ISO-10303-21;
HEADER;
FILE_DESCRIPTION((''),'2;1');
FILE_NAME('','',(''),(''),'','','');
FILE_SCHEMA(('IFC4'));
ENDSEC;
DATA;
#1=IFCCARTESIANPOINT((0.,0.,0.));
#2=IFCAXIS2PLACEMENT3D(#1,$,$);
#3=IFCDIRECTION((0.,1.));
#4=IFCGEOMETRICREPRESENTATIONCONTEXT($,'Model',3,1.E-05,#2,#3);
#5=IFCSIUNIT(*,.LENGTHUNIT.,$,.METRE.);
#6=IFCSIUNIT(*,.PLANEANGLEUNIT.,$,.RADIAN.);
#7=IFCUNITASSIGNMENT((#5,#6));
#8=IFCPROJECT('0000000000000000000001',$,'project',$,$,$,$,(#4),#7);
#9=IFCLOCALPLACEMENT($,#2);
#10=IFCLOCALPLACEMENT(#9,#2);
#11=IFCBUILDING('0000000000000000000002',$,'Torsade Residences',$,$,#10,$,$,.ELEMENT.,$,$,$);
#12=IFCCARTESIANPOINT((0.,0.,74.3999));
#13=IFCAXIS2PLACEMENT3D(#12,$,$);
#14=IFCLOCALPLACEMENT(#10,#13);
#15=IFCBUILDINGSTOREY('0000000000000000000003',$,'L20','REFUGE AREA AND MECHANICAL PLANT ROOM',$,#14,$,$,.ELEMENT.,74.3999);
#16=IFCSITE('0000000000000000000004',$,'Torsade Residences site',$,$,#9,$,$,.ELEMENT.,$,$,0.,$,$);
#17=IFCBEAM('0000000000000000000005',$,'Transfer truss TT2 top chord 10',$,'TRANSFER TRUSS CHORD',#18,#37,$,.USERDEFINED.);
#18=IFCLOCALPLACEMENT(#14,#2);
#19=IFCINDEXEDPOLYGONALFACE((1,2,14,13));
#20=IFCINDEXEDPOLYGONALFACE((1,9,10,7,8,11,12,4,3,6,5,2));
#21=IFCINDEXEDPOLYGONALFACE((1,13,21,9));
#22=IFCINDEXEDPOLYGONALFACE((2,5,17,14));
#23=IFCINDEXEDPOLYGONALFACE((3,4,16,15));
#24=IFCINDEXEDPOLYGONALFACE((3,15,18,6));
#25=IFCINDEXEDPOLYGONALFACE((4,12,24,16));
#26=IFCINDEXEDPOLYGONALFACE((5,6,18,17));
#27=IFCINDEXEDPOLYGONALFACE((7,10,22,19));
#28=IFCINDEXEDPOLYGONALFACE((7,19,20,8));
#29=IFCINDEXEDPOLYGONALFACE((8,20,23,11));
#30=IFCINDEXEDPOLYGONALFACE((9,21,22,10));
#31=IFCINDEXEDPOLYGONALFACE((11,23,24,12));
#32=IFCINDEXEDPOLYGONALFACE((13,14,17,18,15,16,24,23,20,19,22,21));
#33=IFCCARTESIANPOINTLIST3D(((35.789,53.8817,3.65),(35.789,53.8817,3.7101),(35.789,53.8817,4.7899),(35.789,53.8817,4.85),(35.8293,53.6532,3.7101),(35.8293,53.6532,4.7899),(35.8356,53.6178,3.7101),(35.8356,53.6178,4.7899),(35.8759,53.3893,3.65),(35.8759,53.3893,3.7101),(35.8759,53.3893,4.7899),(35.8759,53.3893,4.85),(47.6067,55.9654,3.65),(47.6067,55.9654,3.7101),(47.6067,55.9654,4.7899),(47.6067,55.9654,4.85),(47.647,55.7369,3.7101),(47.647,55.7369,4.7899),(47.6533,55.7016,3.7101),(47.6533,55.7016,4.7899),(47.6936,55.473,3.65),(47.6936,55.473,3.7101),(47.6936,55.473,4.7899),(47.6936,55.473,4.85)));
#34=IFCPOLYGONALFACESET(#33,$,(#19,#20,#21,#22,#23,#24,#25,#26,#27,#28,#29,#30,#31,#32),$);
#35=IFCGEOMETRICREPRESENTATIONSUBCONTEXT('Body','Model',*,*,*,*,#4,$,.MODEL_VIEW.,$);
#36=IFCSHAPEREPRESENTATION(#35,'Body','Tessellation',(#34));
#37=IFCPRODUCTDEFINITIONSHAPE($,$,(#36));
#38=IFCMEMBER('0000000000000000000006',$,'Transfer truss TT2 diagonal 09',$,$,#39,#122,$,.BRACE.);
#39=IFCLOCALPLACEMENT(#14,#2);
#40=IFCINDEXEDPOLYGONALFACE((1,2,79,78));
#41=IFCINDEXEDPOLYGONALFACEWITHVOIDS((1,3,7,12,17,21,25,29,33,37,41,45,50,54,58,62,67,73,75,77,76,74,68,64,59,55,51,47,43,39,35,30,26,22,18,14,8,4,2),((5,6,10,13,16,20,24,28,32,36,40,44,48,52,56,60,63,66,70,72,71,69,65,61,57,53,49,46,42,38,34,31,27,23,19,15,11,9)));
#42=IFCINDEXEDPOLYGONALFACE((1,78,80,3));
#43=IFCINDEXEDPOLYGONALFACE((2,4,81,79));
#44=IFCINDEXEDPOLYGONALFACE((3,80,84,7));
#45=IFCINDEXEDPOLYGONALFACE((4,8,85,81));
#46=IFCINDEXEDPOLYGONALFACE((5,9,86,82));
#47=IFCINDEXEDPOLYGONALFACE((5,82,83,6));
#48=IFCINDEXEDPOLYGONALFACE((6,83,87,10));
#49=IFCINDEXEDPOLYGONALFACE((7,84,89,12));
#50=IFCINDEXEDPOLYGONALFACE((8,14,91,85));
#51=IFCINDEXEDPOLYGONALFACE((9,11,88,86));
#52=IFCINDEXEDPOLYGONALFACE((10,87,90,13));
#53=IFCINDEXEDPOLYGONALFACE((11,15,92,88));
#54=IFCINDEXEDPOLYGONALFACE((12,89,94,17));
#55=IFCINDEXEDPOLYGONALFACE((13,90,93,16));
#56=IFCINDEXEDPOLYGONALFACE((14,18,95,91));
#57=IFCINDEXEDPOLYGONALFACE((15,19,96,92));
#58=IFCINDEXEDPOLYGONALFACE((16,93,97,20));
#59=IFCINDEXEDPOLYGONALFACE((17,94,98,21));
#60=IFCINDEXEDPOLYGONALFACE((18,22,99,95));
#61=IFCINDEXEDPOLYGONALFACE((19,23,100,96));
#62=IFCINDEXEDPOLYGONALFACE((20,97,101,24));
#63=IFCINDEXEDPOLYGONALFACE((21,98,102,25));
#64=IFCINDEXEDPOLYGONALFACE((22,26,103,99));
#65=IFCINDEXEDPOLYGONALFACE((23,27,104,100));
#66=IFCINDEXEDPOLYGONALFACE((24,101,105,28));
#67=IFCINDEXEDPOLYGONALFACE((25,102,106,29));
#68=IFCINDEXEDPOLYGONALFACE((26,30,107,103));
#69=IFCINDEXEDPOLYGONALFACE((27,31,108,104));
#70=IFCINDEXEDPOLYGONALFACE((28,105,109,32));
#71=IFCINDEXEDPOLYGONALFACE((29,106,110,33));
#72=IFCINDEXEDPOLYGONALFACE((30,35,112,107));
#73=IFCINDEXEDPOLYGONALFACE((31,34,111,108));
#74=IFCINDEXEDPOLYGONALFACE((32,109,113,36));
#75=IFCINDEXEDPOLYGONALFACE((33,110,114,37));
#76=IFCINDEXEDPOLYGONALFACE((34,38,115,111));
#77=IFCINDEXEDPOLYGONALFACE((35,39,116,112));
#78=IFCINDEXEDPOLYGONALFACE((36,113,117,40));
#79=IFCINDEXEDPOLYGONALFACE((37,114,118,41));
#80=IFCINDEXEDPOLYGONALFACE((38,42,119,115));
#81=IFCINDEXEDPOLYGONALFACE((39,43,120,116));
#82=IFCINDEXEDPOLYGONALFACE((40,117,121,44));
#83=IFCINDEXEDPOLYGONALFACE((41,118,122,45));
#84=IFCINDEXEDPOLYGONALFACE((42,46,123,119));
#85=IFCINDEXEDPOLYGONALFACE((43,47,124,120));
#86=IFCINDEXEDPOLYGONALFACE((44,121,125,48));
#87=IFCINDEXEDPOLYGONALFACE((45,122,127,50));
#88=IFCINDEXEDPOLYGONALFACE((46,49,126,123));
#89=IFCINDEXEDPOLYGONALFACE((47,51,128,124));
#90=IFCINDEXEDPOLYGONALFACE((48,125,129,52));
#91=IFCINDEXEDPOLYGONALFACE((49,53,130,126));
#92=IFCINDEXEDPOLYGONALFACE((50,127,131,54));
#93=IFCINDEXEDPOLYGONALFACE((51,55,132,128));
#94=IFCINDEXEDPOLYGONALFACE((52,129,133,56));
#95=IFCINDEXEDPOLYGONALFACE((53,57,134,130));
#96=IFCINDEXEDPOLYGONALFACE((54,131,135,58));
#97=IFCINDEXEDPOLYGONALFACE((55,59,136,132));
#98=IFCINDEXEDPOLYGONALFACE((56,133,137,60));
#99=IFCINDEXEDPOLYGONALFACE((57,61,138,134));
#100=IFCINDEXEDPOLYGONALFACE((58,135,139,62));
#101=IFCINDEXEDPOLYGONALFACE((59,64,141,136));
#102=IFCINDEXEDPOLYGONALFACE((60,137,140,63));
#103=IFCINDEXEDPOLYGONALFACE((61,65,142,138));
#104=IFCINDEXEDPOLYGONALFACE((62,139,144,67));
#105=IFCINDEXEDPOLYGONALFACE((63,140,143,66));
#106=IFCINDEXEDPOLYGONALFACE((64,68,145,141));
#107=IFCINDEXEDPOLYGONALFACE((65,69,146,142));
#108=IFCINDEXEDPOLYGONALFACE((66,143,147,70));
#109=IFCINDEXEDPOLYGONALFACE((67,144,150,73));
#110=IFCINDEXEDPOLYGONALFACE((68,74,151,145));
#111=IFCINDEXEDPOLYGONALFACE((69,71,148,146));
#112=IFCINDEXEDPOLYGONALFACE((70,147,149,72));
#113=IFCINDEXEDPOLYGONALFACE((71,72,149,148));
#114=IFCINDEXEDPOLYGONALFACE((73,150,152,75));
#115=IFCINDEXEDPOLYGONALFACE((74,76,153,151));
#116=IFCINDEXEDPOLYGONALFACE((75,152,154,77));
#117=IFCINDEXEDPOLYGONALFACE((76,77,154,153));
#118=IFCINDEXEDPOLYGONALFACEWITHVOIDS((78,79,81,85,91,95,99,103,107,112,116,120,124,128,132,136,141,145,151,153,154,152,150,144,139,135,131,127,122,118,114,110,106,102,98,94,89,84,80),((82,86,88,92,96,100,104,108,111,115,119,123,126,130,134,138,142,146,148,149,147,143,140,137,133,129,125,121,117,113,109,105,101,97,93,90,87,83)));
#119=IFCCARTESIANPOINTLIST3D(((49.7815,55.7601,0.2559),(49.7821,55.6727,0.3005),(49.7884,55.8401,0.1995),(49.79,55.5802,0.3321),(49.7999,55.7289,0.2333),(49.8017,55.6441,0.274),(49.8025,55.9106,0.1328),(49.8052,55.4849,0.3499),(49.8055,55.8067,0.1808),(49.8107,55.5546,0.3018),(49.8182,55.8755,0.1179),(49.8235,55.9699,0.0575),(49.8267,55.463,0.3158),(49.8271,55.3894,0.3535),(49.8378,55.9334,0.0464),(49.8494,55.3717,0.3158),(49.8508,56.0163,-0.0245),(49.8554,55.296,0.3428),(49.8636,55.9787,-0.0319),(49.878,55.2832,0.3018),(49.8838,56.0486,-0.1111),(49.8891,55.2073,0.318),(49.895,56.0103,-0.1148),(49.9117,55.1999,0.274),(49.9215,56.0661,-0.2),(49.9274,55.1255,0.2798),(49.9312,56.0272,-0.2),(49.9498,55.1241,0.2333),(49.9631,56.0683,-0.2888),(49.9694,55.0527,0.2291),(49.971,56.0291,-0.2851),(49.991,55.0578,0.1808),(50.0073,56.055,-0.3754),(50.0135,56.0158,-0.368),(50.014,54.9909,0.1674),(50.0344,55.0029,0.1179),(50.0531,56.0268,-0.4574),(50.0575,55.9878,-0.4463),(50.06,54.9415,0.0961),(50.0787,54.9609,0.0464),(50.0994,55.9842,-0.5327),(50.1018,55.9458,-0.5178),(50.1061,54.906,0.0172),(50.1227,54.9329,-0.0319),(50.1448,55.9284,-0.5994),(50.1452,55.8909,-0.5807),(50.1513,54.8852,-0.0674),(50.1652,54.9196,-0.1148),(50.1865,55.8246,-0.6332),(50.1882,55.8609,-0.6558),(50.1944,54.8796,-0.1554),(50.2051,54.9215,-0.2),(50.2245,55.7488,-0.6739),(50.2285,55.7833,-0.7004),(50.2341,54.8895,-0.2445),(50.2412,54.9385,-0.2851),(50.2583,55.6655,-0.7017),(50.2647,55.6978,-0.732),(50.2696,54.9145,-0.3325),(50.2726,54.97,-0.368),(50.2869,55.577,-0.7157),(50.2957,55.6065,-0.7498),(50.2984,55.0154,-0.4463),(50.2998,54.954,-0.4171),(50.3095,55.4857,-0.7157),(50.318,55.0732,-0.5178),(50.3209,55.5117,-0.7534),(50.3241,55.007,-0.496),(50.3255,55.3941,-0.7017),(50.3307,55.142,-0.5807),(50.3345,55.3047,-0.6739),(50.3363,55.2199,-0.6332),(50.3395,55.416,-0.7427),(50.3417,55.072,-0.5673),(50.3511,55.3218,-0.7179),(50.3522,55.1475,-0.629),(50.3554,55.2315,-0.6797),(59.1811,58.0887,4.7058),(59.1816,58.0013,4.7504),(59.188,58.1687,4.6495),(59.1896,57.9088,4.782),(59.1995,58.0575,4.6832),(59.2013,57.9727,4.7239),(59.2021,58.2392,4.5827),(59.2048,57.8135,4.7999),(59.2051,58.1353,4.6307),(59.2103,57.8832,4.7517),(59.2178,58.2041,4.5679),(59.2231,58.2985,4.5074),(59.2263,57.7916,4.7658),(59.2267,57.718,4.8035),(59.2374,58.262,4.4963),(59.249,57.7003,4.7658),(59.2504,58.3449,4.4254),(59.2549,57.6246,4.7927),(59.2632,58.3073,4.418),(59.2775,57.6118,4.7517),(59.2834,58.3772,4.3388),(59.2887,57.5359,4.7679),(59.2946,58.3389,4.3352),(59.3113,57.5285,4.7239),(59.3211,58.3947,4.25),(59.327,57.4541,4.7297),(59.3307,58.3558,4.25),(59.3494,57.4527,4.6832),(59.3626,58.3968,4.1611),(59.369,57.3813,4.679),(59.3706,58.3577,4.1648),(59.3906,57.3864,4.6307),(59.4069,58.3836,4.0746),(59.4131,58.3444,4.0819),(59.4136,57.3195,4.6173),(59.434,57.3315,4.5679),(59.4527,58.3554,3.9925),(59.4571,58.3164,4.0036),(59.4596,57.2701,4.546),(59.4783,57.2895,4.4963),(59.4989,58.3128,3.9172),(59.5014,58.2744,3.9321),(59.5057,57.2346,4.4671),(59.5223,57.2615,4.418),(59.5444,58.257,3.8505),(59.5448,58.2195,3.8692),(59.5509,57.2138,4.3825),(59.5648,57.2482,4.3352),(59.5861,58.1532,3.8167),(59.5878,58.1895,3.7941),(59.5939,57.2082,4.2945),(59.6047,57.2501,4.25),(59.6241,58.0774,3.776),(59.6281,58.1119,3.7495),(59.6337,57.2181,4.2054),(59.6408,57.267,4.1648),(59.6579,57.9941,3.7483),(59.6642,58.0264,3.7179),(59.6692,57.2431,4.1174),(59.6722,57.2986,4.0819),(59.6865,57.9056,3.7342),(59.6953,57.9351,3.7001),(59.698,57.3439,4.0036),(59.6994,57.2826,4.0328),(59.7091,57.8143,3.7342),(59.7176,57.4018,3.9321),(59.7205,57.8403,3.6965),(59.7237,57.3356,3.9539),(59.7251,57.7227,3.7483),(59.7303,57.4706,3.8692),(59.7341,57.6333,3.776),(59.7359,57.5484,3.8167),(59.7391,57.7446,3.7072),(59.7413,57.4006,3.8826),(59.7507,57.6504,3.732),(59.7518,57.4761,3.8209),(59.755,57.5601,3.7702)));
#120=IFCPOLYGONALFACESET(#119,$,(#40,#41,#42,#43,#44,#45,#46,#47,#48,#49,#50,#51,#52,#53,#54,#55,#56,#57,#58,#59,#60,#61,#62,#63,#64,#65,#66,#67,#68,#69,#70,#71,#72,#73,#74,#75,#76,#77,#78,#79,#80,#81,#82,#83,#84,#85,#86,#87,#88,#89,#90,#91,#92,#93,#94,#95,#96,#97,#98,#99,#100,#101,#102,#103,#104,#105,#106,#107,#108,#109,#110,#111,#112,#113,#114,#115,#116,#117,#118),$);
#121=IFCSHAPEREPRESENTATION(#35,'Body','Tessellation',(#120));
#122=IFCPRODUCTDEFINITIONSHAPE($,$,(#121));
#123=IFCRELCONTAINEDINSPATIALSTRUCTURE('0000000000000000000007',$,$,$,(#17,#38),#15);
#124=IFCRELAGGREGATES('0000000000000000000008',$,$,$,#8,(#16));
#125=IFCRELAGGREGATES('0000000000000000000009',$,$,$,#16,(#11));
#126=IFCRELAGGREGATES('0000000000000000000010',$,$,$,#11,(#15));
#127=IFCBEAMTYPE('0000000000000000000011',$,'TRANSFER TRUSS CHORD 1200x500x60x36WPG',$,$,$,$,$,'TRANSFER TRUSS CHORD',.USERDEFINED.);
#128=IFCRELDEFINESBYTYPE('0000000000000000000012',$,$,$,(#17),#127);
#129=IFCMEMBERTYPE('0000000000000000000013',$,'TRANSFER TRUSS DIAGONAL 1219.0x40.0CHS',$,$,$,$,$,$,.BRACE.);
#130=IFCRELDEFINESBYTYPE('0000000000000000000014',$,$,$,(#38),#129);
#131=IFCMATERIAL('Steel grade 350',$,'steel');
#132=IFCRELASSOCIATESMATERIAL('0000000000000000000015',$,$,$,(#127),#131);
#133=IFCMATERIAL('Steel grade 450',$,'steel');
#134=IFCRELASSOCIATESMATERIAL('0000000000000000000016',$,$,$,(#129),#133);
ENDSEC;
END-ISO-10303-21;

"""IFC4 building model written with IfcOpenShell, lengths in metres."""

from ifc_helpers import new_model, si_unit, direction, frame, origin, origin_2d, place, context, subcontext, project, spatial, hollow_circle, i_section, extrude, material, material_profile, profile_set, type_object, element, save


model = new_model("IFC4")

# Units and contexts
model_context = context("Model", 3, precision=1e-05, world=origin(), true_north=direction((0.0, 1.0)))
body_context = subcontext(model_context, "Body", "Model", "MODEL_VIEW")
ifc_project = project(units=[si_unit("LENGTHUNIT", "METRE"), si_unit("PLANEANGLEUNIT", "RADIAN")], contexts=[model_context])

# Site, building, storey
site_placement = place(None, origin())
site = spatial("IfcSite", under=ifc_project, at=site_placement, Name="Torsade Residences site", CompositionType="ELEMENT", RefElevation=0.0)
building_placement = place(site_placement, origin())
building = spatial("IfcBuilding", under=site, at=building_placement, Name="Torsade Residences", CompositionType="ELEMENT")
storey_placement = place(building_placement, frame((0.0, 0.0, 74.3999)))
storey = spatial("IfcBuildingStorey", under=building, at=storey_placement, Name="L20", Description="REFUGE AREA AND MECHANICAL PLANT ROOM", CompositionType="ELEMENT", Elevation=74.3999)

# Beam
ifc_material_1 = material(Name="Steel grade 350", Category="steel")
ifc_material_profile_1 = material_profile(ifc_material_1, i_section(OverallWidth=0.5, OverallDepth=1.2, WebThickness=0.0359, FlangeThickness=0.0601, at=origin_2d()), Name="1200x500x60x36WPG")
ifc_profile_set_1 = profile_set([ifc_material_profile_1], Name="Steel grade 350")
beam_type_1 = type_object("IfcBeamType", Name="TRANSFER TRUSS CHORD 1200x500x60x36WPG", ElementType="TRANSFER TRUSS CHORD", PredefinedType="USERDEFINED", material=ifc_profile_set_1)
beam_1_placement = place(storey_placement, frame((47.6501, 55.7192, 4.25), z_axis=(-0.984808, -0.173646, 0.0), x_axis=(0.173646, -0.984808, 0.0)))
element("IfcBeam", 1, at=beam_1_placement, inside=storey, type_object=beam_type_1, Name="Transfer truss TT2 top chord 10", ObjectType="TRANSFER TRUSS CHORD", PredefinedType="USERDEFINED", context=body_context, shape_type="SweptSolid", body=[
    extrude(i_section(OverallWidth=0.5, OverallDepth=1.2, WebThickness=0.0359, FlangeThickness=0.0601, at=origin_2d()), origin(), (0.0, 0.0, 1.0), 12.0),
])

# Member
ifc_material_2 = material(Name="Steel grade 450", Category="steel")
ifc_material_profile_2 = material_profile(ifc_material_2, hollow_circle(Radius=0.6096, WallThickness=0.04, at=origin_2d()), Name="1219.0x40.0CHS")
ifc_profile_set_2 = profile_set([ifc_material_profile_2], Name="Steel grade 450")
member_type_1 = type_object("IfcMemberType", Name="TRANSFER TRUSS DIAGONAL 1219.0x40.0CHS", PredefinedType="BRACE", material=ifc_profile_set_2)
member_1_placement = place(storey_placement, frame((50.0681, 55.4744, -0.2), z_axis=(0.881992, 0.218499, 0.41755), x_axis=(-0.240465, 0.970658, 0.0)))
element("IfcMember", 2, at=member_1_placement, inside=storey, type_object=member_type_1, Name="Transfer truss TT2 diagonal 09", PredefinedType="BRACE", context=body_context, shape_type="SweptSolid", body=[
    extrude(hollow_circle(Radius=0.6096, WallThickness=0.04, at=origin_2d()), origin(), (0.0, 0.0, 1.0), 10.6572),
])

save(model, "model.ifc")
